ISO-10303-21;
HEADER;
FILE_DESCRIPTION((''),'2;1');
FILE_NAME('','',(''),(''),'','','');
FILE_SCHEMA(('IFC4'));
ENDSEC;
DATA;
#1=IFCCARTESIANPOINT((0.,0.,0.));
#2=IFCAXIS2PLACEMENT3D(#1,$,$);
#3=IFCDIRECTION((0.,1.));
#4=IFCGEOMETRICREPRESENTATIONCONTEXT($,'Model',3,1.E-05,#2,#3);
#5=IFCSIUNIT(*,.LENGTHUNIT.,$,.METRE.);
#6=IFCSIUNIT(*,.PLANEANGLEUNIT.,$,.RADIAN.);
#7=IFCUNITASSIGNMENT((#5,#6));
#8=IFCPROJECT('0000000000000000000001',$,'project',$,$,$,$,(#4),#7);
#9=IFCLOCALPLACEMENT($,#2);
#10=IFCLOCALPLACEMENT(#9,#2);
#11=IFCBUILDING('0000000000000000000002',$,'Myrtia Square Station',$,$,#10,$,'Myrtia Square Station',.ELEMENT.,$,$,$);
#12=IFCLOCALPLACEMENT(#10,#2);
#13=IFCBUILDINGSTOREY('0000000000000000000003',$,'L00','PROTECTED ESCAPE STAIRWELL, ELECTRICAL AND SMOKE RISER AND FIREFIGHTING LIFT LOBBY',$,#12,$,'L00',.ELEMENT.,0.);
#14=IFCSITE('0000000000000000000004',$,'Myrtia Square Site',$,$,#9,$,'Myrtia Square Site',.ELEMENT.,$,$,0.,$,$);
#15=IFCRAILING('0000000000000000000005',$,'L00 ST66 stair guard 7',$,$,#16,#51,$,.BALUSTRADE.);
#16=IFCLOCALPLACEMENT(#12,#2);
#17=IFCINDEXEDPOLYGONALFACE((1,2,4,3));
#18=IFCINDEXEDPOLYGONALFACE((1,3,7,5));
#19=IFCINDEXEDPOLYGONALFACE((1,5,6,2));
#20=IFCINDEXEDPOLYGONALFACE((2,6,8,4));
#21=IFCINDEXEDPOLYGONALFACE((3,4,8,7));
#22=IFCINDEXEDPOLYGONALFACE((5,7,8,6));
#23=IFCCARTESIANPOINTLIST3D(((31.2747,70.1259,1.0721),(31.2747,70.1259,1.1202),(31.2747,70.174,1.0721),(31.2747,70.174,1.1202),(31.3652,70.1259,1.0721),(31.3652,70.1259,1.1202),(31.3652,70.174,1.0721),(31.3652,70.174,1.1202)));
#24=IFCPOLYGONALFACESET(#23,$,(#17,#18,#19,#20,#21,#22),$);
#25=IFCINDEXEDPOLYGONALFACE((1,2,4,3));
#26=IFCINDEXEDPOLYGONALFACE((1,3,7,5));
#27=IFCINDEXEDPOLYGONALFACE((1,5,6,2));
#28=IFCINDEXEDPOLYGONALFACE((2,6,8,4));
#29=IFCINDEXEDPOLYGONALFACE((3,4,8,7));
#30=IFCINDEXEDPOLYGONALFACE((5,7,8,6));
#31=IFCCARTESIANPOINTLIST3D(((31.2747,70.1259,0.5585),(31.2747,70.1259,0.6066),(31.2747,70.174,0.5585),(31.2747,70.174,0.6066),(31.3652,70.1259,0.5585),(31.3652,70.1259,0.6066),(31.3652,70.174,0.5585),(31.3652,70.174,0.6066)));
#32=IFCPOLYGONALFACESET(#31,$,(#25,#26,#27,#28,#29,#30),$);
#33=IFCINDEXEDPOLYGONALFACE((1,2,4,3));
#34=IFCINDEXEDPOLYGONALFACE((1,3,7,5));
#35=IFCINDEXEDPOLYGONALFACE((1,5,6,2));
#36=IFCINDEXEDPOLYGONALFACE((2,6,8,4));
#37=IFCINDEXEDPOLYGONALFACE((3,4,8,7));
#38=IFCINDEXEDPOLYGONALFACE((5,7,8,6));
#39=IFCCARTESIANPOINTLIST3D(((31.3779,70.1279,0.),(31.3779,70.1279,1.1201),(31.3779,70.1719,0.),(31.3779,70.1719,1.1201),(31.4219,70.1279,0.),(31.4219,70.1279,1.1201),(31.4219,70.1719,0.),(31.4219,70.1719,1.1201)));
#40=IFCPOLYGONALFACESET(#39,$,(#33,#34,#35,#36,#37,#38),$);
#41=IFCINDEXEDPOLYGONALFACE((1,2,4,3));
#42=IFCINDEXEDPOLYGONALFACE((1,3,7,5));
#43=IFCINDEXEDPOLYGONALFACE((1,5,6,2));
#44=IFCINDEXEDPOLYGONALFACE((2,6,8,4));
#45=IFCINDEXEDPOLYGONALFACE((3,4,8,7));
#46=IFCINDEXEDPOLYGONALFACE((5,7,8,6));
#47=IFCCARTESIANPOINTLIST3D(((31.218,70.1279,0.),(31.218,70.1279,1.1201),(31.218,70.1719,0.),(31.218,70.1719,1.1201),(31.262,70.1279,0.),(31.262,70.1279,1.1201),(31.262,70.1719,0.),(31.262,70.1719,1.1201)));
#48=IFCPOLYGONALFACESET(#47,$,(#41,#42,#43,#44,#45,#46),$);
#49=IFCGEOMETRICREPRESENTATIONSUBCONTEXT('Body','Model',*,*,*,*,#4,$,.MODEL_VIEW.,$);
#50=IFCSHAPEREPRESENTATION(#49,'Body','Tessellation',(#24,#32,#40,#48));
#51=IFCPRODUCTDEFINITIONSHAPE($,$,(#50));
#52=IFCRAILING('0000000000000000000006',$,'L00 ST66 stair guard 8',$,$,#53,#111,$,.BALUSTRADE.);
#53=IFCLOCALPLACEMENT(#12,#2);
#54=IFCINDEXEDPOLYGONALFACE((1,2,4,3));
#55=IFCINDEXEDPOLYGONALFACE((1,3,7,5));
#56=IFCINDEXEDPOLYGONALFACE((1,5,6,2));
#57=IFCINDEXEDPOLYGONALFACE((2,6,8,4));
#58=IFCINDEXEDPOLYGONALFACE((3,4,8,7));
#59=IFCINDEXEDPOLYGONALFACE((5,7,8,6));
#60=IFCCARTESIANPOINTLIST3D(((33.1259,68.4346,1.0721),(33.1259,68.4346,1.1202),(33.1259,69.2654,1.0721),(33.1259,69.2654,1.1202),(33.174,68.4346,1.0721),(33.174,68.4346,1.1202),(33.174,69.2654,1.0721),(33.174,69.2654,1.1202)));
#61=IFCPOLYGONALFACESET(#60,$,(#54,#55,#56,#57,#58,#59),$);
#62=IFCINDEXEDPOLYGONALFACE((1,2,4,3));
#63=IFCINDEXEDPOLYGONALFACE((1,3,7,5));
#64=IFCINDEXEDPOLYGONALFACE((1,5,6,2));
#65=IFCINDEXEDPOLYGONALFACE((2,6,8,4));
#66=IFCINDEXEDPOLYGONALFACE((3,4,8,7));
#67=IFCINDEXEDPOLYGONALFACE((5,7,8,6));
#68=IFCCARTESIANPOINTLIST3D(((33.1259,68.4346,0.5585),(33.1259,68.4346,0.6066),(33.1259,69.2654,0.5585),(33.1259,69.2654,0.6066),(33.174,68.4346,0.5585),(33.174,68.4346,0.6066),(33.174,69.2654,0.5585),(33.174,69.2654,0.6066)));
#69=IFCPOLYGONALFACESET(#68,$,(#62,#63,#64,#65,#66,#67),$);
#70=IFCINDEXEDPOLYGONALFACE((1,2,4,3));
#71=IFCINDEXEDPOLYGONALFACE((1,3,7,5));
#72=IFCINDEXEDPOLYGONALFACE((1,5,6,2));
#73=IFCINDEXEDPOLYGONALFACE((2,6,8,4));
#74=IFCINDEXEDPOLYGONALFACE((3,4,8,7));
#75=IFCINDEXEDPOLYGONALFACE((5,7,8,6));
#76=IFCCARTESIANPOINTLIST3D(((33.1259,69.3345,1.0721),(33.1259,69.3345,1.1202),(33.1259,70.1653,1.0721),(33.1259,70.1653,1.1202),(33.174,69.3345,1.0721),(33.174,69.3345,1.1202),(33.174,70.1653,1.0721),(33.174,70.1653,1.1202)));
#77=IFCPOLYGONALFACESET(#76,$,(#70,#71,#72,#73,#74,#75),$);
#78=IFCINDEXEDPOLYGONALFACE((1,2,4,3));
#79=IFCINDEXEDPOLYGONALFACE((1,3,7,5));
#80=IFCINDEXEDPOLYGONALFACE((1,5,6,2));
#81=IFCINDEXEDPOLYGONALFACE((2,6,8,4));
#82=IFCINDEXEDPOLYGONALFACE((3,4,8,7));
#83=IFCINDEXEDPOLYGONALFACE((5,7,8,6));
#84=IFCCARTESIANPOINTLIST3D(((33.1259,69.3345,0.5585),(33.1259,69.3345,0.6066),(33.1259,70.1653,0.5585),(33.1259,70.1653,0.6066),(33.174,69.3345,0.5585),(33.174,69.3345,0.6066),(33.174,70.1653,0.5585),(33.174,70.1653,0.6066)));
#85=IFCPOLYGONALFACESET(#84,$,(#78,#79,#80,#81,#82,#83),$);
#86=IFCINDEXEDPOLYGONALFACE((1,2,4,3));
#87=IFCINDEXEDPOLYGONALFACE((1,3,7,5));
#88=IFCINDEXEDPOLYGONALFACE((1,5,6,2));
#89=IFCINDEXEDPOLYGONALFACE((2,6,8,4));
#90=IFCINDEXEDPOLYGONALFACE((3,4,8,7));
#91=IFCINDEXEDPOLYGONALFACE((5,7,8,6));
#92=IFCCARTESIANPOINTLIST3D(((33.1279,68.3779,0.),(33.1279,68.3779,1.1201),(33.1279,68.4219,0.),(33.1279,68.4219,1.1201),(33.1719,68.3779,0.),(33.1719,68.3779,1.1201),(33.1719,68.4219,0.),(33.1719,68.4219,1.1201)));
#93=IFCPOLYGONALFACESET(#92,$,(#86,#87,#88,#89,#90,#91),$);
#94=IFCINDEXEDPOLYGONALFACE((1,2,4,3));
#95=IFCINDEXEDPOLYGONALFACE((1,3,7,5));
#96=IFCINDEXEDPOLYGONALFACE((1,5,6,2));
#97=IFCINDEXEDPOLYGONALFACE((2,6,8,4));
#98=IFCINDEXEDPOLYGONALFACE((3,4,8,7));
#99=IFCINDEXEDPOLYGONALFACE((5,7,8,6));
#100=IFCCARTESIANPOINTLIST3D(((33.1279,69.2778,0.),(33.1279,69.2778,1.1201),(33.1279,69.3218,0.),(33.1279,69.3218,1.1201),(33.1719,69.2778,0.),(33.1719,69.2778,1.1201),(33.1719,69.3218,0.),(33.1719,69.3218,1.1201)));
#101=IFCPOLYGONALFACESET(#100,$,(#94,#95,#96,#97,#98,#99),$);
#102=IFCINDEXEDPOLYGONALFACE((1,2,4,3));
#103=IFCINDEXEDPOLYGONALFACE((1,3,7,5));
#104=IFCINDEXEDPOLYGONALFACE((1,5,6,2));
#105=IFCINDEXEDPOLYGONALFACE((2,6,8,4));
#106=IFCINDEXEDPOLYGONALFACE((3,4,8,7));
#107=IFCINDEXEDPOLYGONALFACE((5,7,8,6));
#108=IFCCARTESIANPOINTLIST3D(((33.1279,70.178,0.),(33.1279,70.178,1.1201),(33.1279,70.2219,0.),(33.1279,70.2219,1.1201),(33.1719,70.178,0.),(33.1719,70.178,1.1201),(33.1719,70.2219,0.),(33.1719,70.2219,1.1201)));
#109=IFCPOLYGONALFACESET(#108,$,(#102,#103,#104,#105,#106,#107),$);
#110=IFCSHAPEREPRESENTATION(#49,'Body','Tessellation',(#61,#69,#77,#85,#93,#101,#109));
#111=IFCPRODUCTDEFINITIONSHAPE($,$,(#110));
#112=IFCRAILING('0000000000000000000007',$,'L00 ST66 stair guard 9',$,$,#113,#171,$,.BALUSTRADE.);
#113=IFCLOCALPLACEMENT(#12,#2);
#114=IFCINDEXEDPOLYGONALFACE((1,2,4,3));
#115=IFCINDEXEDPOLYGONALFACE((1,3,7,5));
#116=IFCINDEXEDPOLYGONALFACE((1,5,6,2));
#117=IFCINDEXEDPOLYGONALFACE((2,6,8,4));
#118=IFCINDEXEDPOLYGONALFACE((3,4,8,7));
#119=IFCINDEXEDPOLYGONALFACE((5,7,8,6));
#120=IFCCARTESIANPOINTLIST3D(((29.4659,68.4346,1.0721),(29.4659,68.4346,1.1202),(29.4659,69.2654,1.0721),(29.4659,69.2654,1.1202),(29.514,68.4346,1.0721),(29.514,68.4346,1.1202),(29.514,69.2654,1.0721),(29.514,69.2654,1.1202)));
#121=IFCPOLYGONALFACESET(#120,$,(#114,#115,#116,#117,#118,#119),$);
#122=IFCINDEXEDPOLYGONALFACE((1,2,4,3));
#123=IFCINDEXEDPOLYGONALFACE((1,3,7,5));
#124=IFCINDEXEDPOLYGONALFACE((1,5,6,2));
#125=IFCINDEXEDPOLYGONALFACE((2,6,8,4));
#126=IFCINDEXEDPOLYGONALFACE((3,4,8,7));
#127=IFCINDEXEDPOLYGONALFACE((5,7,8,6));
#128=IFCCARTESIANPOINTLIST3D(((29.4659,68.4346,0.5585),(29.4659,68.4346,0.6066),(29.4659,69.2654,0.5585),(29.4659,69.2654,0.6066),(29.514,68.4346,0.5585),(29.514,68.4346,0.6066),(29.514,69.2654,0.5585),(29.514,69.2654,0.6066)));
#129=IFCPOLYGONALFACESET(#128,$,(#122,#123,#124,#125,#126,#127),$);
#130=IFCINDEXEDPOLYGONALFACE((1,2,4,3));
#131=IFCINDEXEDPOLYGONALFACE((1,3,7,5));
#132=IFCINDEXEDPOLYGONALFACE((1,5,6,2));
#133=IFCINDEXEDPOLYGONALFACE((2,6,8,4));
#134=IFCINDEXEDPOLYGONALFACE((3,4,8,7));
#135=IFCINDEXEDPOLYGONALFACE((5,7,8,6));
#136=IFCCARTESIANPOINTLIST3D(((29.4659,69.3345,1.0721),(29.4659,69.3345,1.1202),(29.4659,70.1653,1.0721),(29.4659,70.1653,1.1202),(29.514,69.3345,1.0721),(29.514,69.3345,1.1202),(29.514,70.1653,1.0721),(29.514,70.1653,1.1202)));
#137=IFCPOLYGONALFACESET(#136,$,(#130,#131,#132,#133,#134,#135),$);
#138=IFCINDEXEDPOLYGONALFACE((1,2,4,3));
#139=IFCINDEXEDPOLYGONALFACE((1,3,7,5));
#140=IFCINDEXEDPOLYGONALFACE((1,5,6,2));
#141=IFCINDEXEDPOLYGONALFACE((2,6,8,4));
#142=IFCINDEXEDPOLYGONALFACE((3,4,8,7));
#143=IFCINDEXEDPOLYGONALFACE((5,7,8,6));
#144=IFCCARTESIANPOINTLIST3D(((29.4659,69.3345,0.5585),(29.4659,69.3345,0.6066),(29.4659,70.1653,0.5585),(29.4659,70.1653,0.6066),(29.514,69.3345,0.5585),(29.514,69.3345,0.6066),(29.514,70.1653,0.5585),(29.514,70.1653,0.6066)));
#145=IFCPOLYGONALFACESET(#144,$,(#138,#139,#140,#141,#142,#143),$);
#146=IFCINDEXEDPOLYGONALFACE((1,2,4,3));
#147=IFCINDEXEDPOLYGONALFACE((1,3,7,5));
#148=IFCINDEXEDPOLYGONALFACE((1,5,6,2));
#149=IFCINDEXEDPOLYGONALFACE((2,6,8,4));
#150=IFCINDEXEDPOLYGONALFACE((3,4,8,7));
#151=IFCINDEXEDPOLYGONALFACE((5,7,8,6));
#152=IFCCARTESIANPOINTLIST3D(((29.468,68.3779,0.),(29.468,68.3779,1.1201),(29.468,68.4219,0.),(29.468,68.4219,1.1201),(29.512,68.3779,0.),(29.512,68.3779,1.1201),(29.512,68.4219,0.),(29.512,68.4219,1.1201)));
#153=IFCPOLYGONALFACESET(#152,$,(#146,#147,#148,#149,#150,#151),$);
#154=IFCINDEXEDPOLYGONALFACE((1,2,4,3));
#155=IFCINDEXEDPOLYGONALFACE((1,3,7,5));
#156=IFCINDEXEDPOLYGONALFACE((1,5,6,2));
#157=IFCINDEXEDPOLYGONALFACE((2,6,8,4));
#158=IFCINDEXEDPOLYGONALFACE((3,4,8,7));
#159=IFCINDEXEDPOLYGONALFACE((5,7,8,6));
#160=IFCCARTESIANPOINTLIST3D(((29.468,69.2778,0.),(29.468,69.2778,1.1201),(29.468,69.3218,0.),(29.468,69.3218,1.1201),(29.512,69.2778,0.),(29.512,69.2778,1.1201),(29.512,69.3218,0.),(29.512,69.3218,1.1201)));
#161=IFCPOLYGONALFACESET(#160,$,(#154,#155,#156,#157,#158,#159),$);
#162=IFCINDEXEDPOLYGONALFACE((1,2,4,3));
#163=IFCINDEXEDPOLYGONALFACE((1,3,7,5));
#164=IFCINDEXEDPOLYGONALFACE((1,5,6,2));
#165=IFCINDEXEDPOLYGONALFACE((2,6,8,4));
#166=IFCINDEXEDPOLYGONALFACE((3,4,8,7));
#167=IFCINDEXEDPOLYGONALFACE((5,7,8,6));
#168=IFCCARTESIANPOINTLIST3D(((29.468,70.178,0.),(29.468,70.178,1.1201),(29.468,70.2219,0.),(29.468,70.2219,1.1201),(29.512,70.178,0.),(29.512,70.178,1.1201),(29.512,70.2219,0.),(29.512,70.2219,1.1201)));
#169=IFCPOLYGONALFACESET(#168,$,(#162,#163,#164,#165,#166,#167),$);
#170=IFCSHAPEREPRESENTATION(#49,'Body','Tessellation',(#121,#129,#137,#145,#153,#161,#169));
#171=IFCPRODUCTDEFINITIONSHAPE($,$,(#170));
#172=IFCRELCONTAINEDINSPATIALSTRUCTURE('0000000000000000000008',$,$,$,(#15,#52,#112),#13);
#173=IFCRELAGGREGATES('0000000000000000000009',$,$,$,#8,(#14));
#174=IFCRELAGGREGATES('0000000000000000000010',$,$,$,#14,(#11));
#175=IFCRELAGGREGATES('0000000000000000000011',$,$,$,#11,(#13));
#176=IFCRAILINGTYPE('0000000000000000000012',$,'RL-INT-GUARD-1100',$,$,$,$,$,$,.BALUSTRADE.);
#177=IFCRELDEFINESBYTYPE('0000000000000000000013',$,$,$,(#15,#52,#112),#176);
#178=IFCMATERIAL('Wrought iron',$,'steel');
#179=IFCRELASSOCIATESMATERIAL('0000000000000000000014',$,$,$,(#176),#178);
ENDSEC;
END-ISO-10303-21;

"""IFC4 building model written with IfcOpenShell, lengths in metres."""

from ifc_helpers import new_model, si_unit, direction, frame, origin, origin_2d, place, context, subcontext, project, spatial, rectangle, extrude, material, type_object, element, save


model = new_model("IFC4")

# Units and contexts
model_context = context("Model", 3, precision=1e-05, world=origin(), true_north=direction((0.0, 1.0)))
body_context = subcontext(model_context, "Body", "Model", "MODEL_VIEW")
ifc_project = project(units=[si_unit("LENGTHUNIT", "METRE"), si_unit("PLANEANGLEUNIT", "RADIAN")], contexts=[model_context])

# Site, building, storey
site_placement = place(None, origin())
site = spatial("IfcSite", under=ifc_project, at=site_placement, Name="Myrtia Square Site", LongName="Myrtia Square Site", CompositionType="ELEMENT", RefElevation=0.0)
building_placement = place(site_placement, origin())
building = spatial("IfcBuilding", under=site, at=building_placement, Name="Myrtia Square Station", LongName="Myrtia Square Station", CompositionType="ELEMENT")
storey_placement = place(building_placement, origin())
storey = spatial("IfcBuildingStorey", under=building, at=storey_placement, Name="L00", Description="PROTECTED ESCAPE STAIRWELL, ELECTRICAL AND SMOKE RISER AND FIREFIGHTING LIFT LOBBY", LongName="L00", CompositionType="ELEMENT", Elevation=0.0)

# Railings
ifc_material_1 = material(Name="Wrought iron", Category="steel")
railing_type_1 = type_object("IfcRailingType", Name="RL-INT-GUARD-1100", PredefinedType="BALUSTRADE", material=ifc_material_1)
railing_1_placement = place(storey_placement, frame((31.3999, 70.1499, 0.0)))
element("IfcRailing", 1, at=railing_1_placement, inside=storey, type_object=railing_type_1, Name="L00 ST66 stair guard 7", PredefinedType="BALUSTRADE", context=body_context, shape_type="SweptSolid", body=[
    extrude(rectangle(XDim=0.0481, YDim=0.0481, at=origin_2d()), frame((-0.0347, 0.0, 1.0962), z_axis=(-1.0, 0.0, 0.0), x_axis=(0.0, -1.0, 0.0)), (0.0, 0.0, 1.0), 0.0906),
    extrude(rectangle(XDim=0.0481, YDim=0.0481, at=origin_2d()), frame((-0.0347, 0.0, 0.5825), z_axis=(-1.0, 0.0, 0.0), x_axis=(0.0, -1.0, 0.0)), (0.0, 0.0, 1.0), 0.0906),
    extrude(rectangle(XDim=0.0439, YDim=0.0439, at=origin_2d()), origin(), (0.0, 0.0, 1.0), 1.1201),
    extrude(rectangle(XDim=0.0439, YDim=0.0439, at=origin_2d()), frame((-0.1599, 0.0, 0.0)), (0.0, 0.0, 1.0), 1.1201),
])
for number, where, name in (
    (2, (33.1499, 68.3999, 0.0), "L00 ST66 stair guard 8"),
    (3, (29.49, 68.3999, 0.0), "L00 ST66 stair guard 9"),
):
    element("IfcRailing", number, at=place(storey_placement, frame(where)), inside=storey, type_object=railing_type_1, Name=name, PredefinedType="BALUSTRADE", context=body_context, shape_type="SweptSolid", body=[
        extrude(rectangle(XDim=0.0481, YDim=0.0481, at=origin_2d()), frame((0.0, 0.0347, 1.0962), z_axis=(0.0, 1.0, 0.0), x_axis=(-1.0, 0.0, 0.0)), (0.0, 0.0, 1.0), 0.8308),
        extrude(rectangle(XDim=0.0481, YDim=0.0481, at=origin_2d()), frame((0.0, 0.0347, 0.5825), z_axis=(0.0, 1.0, 0.0), x_axis=(-1.0, 0.0, 0.0)), (0.0, 0.0, 1.0), 0.8308),
        extrude(rectangle(XDim=0.0481, YDim=0.0481, at=origin_2d()), frame((0.0, 0.9346, 1.0962), z_axis=(0.0, 1.0, 0.0), x_axis=(-1.0, 0.0, 0.0)), (0.0, 0.0, 1.0), 0.8308),
        extrude(rectangle(XDim=0.0481, YDim=0.0481, at=origin_2d()), frame((0.0, 0.9346, 0.5825), z_axis=(0.0, 1.0, 0.0), x_axis=(-1.0, 0.0, 0.0)), (0.0, 0.0, 1.0), 0.8308),
        extrude(rectangle(XDim=0.0439, YDim=0.0439, at=origin_2d()), origin(), (0.0, 0.0, 1.0), 1.1201),
        extrude(rectangle(XDim=0.0439, YDim=0.0439, at=origin_2d()), frame((0.0, 0.8999, 0.0)), (0.0, 0.0, 1.0), 1.1201),
        extrude(rectangle(XDim=0.0439, YDim=0.0439, at=origin_2d()), frame((0.0, 1.8, 0.0)), (0.0, 0.0, 1.0), 1.1201),
    ])

save(model, "model.ifc")
